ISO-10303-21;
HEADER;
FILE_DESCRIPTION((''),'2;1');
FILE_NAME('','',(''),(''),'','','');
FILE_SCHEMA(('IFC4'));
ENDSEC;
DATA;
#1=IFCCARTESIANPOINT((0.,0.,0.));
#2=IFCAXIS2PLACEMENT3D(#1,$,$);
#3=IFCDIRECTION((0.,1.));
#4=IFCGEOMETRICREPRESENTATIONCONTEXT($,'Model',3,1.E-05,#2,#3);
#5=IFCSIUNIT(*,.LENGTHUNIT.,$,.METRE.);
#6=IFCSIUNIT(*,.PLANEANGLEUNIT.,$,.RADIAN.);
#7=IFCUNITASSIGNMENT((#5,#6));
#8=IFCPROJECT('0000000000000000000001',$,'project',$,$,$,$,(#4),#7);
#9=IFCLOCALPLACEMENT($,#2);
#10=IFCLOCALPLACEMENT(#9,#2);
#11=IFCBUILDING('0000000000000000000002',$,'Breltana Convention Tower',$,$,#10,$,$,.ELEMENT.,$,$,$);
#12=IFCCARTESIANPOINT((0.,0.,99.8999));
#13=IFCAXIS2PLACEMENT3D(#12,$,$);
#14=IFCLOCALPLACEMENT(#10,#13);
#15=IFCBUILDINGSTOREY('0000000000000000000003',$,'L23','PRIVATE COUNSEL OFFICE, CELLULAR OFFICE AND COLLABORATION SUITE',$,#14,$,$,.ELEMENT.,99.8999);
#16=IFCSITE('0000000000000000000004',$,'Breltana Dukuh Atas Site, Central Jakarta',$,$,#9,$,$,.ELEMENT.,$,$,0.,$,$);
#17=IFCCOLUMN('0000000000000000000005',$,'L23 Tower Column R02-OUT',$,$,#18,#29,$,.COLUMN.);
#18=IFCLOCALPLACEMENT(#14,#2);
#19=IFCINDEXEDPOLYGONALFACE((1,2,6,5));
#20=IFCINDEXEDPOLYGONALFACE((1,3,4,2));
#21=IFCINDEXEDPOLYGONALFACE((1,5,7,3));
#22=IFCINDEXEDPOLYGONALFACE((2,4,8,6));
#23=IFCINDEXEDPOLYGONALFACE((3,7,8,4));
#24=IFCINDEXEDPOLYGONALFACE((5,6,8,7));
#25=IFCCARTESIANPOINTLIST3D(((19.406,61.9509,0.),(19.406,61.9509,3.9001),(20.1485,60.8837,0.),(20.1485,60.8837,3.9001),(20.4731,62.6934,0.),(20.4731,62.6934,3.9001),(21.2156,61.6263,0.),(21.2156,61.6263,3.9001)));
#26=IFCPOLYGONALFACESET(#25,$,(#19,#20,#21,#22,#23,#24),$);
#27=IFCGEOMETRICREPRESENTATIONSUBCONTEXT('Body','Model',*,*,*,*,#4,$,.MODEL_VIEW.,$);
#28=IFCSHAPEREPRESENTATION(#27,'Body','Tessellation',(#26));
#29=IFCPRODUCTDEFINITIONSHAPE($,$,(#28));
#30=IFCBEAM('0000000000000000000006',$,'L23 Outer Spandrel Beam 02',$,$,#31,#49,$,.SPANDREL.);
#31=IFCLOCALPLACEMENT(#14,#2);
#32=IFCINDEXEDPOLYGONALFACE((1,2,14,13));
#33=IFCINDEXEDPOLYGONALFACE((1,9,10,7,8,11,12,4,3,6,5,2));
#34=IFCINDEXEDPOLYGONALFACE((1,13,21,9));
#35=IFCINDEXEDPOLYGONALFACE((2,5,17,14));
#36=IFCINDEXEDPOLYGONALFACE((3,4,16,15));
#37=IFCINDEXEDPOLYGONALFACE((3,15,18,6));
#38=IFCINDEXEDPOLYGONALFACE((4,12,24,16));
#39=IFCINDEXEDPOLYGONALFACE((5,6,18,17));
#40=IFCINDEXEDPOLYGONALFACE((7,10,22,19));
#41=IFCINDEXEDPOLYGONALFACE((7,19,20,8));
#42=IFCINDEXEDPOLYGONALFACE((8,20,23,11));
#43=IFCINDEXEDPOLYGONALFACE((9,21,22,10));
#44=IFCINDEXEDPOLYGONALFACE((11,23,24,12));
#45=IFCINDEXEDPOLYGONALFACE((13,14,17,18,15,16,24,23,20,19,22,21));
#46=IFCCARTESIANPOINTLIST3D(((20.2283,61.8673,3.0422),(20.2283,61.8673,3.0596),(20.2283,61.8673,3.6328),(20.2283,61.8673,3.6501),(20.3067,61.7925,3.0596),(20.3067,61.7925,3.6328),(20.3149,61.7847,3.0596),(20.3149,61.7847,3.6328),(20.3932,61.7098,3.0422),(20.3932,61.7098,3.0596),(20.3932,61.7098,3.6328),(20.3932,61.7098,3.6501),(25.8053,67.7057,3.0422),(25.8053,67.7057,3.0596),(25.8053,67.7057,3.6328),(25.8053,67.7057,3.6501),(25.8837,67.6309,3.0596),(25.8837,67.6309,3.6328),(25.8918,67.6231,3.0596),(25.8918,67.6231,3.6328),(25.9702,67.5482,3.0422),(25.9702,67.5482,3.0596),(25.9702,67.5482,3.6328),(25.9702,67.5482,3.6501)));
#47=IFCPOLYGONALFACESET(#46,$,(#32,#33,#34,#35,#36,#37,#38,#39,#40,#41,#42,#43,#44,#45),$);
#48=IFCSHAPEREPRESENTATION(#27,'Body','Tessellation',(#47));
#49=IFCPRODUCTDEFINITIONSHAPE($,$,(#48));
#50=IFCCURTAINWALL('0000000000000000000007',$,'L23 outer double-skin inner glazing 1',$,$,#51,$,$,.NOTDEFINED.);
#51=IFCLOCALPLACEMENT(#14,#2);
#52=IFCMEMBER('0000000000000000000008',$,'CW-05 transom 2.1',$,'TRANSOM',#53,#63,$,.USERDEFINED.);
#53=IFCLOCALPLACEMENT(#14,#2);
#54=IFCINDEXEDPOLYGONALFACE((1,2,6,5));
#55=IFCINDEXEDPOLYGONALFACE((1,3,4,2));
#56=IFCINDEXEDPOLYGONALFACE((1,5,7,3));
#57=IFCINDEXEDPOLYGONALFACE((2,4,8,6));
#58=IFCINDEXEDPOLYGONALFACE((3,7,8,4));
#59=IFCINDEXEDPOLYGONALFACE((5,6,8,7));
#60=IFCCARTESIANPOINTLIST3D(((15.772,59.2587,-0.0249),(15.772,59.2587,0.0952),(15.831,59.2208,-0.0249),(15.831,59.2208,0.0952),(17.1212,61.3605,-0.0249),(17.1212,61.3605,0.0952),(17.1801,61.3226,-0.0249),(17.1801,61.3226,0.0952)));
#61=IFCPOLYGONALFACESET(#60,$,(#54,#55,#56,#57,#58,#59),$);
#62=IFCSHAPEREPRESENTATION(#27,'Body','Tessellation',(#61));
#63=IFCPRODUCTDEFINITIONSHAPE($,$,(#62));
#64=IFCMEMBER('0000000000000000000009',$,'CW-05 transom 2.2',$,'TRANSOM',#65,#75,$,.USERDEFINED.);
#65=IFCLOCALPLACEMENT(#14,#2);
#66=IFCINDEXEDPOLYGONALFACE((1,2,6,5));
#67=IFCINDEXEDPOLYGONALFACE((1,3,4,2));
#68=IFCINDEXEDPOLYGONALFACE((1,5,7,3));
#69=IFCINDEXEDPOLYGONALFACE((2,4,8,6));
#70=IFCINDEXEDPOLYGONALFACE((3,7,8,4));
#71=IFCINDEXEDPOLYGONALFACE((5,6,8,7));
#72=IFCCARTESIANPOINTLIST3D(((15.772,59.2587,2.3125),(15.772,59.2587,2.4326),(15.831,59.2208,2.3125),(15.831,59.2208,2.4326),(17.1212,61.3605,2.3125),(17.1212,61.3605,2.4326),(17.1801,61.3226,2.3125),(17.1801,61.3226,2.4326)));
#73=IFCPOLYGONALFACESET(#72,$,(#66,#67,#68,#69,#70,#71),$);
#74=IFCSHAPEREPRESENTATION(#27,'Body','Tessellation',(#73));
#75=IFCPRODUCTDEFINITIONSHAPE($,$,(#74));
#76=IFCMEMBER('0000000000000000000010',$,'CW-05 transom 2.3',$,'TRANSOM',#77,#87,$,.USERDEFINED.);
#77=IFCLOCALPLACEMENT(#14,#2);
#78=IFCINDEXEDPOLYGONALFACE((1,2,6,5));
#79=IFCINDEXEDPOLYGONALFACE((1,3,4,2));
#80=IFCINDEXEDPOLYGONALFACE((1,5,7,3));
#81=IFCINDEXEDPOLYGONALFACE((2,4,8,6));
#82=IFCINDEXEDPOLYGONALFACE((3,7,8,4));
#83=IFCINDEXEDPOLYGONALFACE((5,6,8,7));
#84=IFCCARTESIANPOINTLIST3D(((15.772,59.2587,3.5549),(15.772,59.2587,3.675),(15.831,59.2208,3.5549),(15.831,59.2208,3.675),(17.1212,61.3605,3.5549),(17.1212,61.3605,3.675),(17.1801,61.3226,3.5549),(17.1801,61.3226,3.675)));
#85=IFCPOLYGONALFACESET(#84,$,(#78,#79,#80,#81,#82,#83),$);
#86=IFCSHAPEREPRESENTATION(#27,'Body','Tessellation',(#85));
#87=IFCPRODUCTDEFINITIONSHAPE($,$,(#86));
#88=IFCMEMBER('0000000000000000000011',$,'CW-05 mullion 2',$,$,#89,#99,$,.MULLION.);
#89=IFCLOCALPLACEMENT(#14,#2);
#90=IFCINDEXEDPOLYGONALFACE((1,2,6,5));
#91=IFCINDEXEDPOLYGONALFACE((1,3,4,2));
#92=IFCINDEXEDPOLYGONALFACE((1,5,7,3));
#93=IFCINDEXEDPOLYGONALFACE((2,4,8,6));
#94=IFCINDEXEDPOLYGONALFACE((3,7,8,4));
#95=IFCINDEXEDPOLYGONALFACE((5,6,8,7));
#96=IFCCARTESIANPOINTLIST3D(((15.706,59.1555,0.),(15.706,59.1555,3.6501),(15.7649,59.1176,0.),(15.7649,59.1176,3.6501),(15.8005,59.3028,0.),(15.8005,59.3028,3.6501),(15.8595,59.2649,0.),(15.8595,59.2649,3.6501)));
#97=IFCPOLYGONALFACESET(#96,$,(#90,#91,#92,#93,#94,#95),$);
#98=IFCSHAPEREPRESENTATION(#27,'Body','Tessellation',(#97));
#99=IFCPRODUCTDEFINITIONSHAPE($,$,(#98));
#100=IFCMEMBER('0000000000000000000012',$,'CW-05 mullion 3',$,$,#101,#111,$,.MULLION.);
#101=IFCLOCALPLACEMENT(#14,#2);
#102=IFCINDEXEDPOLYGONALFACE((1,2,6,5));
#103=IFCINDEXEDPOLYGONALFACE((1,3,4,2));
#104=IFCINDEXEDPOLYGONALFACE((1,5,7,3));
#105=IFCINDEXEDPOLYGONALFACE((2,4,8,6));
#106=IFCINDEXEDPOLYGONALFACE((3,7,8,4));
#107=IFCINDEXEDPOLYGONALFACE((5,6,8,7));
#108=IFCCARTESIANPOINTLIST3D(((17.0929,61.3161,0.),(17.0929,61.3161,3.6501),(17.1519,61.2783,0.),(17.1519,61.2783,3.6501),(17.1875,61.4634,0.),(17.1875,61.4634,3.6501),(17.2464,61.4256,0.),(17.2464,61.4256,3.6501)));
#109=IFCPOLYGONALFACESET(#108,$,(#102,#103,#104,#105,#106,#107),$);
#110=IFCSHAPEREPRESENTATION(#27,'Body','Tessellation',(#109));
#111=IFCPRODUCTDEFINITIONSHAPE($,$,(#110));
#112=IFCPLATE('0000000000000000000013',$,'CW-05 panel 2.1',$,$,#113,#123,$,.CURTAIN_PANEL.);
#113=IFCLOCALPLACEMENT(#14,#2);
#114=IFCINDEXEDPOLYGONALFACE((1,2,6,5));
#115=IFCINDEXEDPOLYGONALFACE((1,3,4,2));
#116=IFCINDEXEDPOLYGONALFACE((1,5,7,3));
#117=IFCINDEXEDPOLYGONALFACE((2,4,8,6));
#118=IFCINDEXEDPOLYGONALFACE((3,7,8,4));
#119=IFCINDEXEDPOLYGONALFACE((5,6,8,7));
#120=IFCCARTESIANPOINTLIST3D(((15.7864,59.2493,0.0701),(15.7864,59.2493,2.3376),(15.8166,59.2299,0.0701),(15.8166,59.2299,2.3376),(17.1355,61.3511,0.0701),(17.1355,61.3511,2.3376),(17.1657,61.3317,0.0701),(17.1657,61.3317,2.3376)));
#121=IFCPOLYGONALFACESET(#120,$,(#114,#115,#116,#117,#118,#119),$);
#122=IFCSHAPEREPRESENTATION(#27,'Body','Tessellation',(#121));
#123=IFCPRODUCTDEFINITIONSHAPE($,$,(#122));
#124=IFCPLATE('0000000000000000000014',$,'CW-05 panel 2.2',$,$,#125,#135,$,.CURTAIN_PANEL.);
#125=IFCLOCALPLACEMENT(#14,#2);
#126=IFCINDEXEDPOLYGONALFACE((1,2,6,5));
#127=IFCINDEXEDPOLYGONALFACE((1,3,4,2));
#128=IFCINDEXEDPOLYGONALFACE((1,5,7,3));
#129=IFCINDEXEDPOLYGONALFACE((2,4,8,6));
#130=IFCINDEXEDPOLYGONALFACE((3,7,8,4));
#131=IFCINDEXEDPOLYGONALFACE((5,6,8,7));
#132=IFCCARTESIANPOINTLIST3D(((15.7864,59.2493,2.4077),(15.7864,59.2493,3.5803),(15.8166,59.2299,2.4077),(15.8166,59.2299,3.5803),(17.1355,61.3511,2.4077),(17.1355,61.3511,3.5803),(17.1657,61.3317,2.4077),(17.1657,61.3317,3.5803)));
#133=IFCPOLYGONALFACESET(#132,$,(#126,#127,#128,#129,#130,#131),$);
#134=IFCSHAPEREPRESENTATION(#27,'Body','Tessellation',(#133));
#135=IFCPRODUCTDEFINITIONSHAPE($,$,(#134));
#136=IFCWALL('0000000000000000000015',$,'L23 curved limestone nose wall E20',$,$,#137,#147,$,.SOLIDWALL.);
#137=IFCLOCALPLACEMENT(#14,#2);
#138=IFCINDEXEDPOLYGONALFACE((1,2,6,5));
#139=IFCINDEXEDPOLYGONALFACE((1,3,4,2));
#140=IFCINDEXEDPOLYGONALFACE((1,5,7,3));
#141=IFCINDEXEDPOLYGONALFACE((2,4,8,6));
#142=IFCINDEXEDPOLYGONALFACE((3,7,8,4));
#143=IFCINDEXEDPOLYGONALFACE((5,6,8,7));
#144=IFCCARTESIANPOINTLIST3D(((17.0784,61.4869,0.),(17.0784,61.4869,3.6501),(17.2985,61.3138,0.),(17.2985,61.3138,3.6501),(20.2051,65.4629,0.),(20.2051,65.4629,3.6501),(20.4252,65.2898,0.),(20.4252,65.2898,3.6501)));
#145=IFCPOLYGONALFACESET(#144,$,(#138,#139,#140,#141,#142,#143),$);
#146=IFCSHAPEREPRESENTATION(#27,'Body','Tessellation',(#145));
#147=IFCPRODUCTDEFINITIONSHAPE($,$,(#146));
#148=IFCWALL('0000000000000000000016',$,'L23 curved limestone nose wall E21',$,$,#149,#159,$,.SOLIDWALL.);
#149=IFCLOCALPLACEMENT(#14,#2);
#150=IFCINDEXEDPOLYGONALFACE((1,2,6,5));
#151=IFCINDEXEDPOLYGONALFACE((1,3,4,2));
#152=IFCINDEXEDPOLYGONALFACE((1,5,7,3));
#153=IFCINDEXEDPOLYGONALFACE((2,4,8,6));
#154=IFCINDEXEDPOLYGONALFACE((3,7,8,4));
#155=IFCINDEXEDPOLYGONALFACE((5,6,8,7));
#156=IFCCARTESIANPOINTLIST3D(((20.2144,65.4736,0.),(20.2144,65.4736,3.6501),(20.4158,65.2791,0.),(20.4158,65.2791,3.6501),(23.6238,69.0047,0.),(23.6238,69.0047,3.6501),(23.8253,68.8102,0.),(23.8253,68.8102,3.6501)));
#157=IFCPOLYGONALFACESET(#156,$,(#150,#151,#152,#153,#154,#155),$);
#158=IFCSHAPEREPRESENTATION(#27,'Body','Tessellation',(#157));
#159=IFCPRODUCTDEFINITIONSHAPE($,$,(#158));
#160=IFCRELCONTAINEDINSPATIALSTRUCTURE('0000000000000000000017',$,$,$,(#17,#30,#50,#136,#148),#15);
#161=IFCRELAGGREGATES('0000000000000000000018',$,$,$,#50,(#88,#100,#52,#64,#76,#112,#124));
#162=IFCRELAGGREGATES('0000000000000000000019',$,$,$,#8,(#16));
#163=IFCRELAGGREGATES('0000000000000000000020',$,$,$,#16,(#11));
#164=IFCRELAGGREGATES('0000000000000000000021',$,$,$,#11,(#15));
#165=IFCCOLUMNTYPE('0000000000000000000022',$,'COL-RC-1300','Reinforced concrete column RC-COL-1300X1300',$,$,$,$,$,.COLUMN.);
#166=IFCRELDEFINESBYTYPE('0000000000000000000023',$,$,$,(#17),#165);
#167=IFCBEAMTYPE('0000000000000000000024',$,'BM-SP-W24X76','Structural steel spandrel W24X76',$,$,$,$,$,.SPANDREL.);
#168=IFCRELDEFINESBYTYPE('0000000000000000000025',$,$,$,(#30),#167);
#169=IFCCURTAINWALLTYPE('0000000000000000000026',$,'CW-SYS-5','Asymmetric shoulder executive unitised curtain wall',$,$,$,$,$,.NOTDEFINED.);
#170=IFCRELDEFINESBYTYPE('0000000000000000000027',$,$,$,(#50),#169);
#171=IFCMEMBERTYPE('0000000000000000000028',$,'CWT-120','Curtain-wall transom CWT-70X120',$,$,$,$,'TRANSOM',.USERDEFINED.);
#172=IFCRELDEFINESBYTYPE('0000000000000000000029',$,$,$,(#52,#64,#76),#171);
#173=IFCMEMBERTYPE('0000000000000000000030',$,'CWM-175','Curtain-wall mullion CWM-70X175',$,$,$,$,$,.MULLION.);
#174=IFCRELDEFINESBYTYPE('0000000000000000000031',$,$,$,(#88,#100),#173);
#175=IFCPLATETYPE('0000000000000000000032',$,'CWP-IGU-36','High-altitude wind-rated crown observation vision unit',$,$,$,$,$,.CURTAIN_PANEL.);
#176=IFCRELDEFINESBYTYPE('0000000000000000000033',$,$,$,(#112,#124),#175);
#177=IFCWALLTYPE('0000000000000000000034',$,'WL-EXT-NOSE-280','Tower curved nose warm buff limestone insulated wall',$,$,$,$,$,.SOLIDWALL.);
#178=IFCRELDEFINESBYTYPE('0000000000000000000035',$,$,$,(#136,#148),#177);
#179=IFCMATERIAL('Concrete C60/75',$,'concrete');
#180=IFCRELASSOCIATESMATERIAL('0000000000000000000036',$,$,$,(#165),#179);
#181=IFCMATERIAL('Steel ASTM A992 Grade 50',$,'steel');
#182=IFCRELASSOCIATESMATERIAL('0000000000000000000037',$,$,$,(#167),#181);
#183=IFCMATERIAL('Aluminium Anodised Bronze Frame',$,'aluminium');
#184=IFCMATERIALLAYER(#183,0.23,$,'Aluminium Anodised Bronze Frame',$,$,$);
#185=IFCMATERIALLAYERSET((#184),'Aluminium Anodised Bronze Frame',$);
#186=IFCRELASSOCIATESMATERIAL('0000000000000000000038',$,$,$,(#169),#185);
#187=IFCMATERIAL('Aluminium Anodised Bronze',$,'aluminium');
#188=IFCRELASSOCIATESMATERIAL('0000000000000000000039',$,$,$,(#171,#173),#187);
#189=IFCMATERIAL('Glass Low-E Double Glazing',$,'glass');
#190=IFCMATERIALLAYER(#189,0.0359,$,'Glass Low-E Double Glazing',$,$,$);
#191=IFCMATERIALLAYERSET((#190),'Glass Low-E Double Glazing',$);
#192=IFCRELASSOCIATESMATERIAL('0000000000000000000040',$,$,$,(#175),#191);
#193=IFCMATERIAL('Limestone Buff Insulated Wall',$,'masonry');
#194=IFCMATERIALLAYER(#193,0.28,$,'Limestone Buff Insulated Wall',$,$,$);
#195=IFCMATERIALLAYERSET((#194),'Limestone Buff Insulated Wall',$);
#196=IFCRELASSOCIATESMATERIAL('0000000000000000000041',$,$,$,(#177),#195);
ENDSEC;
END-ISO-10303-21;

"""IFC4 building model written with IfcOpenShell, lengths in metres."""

from ifc_helpers import new_model, si_unit, direction, frame, frame_2d, origin, origin_2d, place, context, subcontext, project, spatial, rectangle, i_section, extrude, source, transform, mapped, material, layer, layer_set, material_profile, profile_set, type_object, element, aggregate, save


model = new_model("IFC4")

# Units and contexts
model_context = context("Model", 3, precision=1e-05, world=origin(), true_north=direction((0.0, 1.0)))
body_context = subcontext(model_context, "Body", "Model", "MODEL_VIEW")
ifc_project = project(units=[si_unit("LENGTHUNIT", "METRE"), si_unit("PLANEANGLEUNIT", "RADIAN")], contexts=[model_context])

# Site, building, storey
site_placement = place(None, origin())
site = spatial("IfcSite", under=ifc_project, at=site_placement, Name="Breltana Dukuh Atas Site, Central Jakarta", CompositionType="ELEMENT", RefElevation=0.0)
building_placement = place(site_placement, origin())
building = spatial("IfcBuilding", under=site, at=building_placement, Name="Breltana Convention Tower", CompositionType="ELEMENT")
storey_placement = place(building_placement, frame((0.0, 0.0, 99.8999)))
storey = spatial("IfcBuildingStorey", under=building, at=storey_placement, Name="L23", Description="PRIVATE COUNSEL OFFICE, CELLULAR OFFICE AND COLLABORATION SUITE", CompositionType="ELEMENT", Elevation=99.8999)

# Column
ifc_material_1 = material(Name="Concrete C60/75", Category="concrete")
ifc_material_profile_1 = material_profile(ifc_material_1, rectangle(XDim=1.3, YDim=1.3, at=origin_2d()), Name="RC-COL-1300X1300")
ifc_profile_set_1 = profile_set([ifc_material_profile_1], Name="Concrete C60/75")
column_type = type_object("IfcColumnType", Name="COL-RC-1300", Description="Reinforced concrete column RC-COL-1300X1300", PredefinedType="COLUMN", material=ifc_profile_set_1)
shared_shape_1 = source(origin(), body_context, "Body", "SweptSolid", [
    extrude(rectangle(XDim=1.3, YDim=1.3, at=origin_2d()), origin(), (0.0, 0.0, 1.0), 3.9001),
])
column_placement = place(storey_placement, frame((20.3108, 61.7886, 0.0), z_axis=(0.0, 0.0, 1.0), x_axis=(-0.571143, 0.82085, 0.0)))
element("IfcColumn", 1, at=column_placement, inside=storey, type_object=column_type, Name="L23 Tower Column R02-OUT", PredefinedType="COLUMN", context=body_context, shape_type="MappedRepresentation", body=[
    mapped(shared_shape_1, transform((0.0, 0.0, 0.0), scale=1.0)),
])

# Beam
ifc_material_2 = material(Name="Steel ASTM A992 Grade 50", Category="steel")
ifc_material_profile_2 = material_profile(ifc_material_2, i_section(OverallWidth=0.228, OverallDepth=0.6079, WebThickness=0.0112, FlangeThickness=0.0173, at=origin_2d()), Name="W24X76")
ifc_profile_set_2 = profile_set([ifc_material_profile_2], Name="Steel ASTM A992 Grade 50")
beam_type = type_object("IfcBeamType", Name="BM-SP-W24X76", Description="Structural steel spandrel W24X76", PredefinedType="SPANDREL", material=ifc_profile_set_2)
shared_shape_2 = source(origin(), body_context, "Body", "SweptSolid", [
    extrude(i_section(OverallWidth=0.228, OverallDepth=0.6079, WebThickness=0.0112, FlangeThickness=0.0173, at=origin_2d()), origin(), (0.0, 0.0, 1.0), 8.074),
])
beam_placement = place(storey_placement, frame((20.3108, 61.7886, 3.3462), z_axis=(0.690729, 0.723114, 0.0), x_axis=(-0.723114, 0.690729, 0.0)))
element("IfcBeam", 2, at=beam_placement, inside=storey, type_object=beam_type, Name="L23 Outer Spandrel Beam 02", PredefinedType="SPANDREL", context=body_context, shape_type="MappedRepresentation", body=[
    mapped(shared_shape_2, transform((0.0, 0.0, 0.0), scale=1.0)),
])

# Curtain wall, members, plates
ifc_material_3 = material(Name="Aluminium Anodised Bronze Frame", Category="aluminium")
ifc_layer_1 = layer(ifc_material_3, 0.23, Name="Aluminium Anodised Bronze Frame")
ifc_layer_set_1 = layer_set([ifc_layer_1], Name="Aluminium Anodised Bronze Frame")
curtain_wall_type = type_object("IfcCurtainWallType", Name="CW-SYS-5", Description="Asymmetric shoulder executive unitised curtain wall", PredefinedType="NOTDEFINED", material=ifc_layer_set_1)
curtain_wall_placement = place(storey_placement, origin())
curtain_wall = element("IfcCurtainWall", 3, at=curtain_wall_placement, inside=storey, type_object=curtain_wall_type, Name="L23 outer double-skin inner glazing 1", PredefinedType="NOTDEFINED")
ifc_material_4 = material(Name="Aluminium Anodised Bronze", Category="aluminium")
ifc_material_profile_3 = material_profile(ifc_material_4, rectangle(XDim=0.0701, YDim=0.1201, at=origin_2d()), Name="CWT-70X120")
ifc_profile_set_3 = profile_set([ifc_material_profile_3], Name="Aluminium Anodised Bronze")
member_type_1 = type_object("IfcMemberType", Name="CWT-120", Description="Curtain-wall transom CWT-70X120", ElementType="TRANSOM", PredefinedType="USERDEFINED", material=ifc_profile_set_3)
shared_shape_3 = source(origin(), body_context, "Body", "SweptSolid", [
    extrude(rectangle(XDim=0.0701, YDim=0.1201, at=origin_2d()), origin(), (0.0, 0.0, 1.0), 2.4976),
])
member_1_placement = place(storey_placement, frame((15.8015, 59.2397, 0.0352), z_axis=(0.540179, 0.84155, 0.0), x_axis=(-0.84155, 0.540179, 0.0)))
member_1 = element("IfcMember", 4, at=member_1_placement, type_object=member_type_1, Name="CW-05 transom 2.1", ObjectType="TRANSOM", PredefinedType="USERDEFINED", context=body_context, shape_type="MappedRepresentation", body=[
    mapped(shared_shape_3, transform((0.0, 0.0, 0.0), scale=1.0)),
])
member_2_placement = place(storey_placement, frame((15.8015, 59.2397, 2.3726), z_axis=(0.540179, 0.84155, 0.0), x_axis=(-0.84155, 0.540179, 0.0)))
member_2 = element("IfcMember", 5, at=member_2_placement, type_object=member_type_1, Name="CW-05 transom 2.2", ObjectType="TRANSOM", PredefinedType="USERDEFINED", context=body_context, shape_type="MappedRepresentation", body=[
    mapped(shared_shape_3, transform((0.0, 0.0, 0.0), scale=1.0)),
])
member_3_placement = place(storey_placement, frame((15.8015, 59.2397, 3.615), z_axis=(0.540179, 0.84155, 0.0), x_axis=(-0.84155, 0.540179, 0.0)))
member_3 = element("IfcMember", 6, at=member_3_placement, type_object=member_type_1, Name="CW-05 transom 2.3", ObjectType="TRANSOM", PredefinedType="USERDEFINED", context=body_context, shape_type="MappedRepresentation", body=[
    mapped(shared_shape_3, transform((0.0, 0.0, 0.0), scale=1.0)),
])
ifc_material_profile_4 = material_profile(ifc_material_4, rectangle(XDim=0.0701, YDim=0.175, at=origin_2d()), Name="CWM-70X175")
ifc_profile_set_4 = profile_set([ifc_material_profile_4], Name="Aluminium Anodised Bronze")
member_type_2 = type_object("IfcMemberType", Name="CWM-175", Description="Curtain-wall mullion CWM-70X175", PredefinedType="MULLION", material=ifc_profile_set_4)
shared_shape_4 = source(origin(), body_context, "Body", "SweptSolid", [
    extrude(rectangle(XDim=0.0701, YDim=0.175, at=origin_2d()), origin(), (0.0, 0.0, 1.0), 3.6501),
])
member_4_placement = place(storey_placement, frame((15.7827, 59.2102, 0.0), z_axis=(0.0, 0.0, 1.0), x_axis=(-0.841552, 0.540177, 0.0)))
member_4 = element("IfcMember", 7, at=member_4_placement, type_object=member_type_2, Name="CW-05 mullion 2", PredefinedType="MULLION", context=body_context, shape_type="MappedRepresentation", body=[
    mapped(shared_shape_4, transform((0.0, 0.0, 0.0), scale=1.0)),
])
member_5_placement = place(storey_placement, frame((17.1697, 61.3708, 0.0), z_axis=(0.0, 0.0, 1.0), x_axis=(-0.841552, 0.540177, 0.0)))
member_5 = element("IfcMember", 8, at=member_5_placement, type_object=member_type_2, Name="CW-05 mullion 3", PredefinedType="MULLION", context=body_context, shape_type="MappedRepresentation", body=[
    mapped(shared_shape_4, transform((0.0, 0.0, 0.0), scale=1.0)),
])
ifc_material_5 = material(Name="Glass Low-E Double Glazing", Category="glass")
ifc_layer_2 = layer(ifc_material_5, 0.0359, Name="Glass Low-E Double Glazing")
ifc_layer_set_2 = layer_set([ifc_layer_2], Name="Glass Low-E Double Glazing")
plate_type = type_object("IfcPlateType", Name="CWP-IGU-36", Description="High-altitude wind-rated crown observation vision unit", PredefinedType="CURTAIN_PANEL", material=ifc_layer_set_2)
shared_shape_5 = source(origin(), body_context, "Body", "SweptSolid", [
    extrude(rectangle(XDim=2.4976, YDim=0.0359, at=origin_2d()), origin(), (0.0, 0.0, 1.0), 2.2676),
])
plate_1_placement = place(storey_placement, frame((16.4761, 60.2905, 0.0701), z_axis=(0.0, 0.0, 1.0), x_axis=(0.540177, 0.841552, 0.0)))
plate_1 = element("IfcPlate", 9, at=plate_1_placement, type_object=plate_type, Name="CW-05 panel 2.1", PredefinedType="CURTAIN_PANEL", context=body_context, shape_type="MappedRepresentation", body=[
    mapped(shared_shape_5, transform((0.0, 0.0, 0.0), scale=1.0)),
])
shared_shape_6 = source(origin(), body_context, "Body", "SweptSolid", [
    extrude(rectangle(XDim=2.4976, YDim=0.0359, at=origin_2d()), origin(), (0.0, 0.0, 1.0), 1.1726),
])
plate_2_placement = place(storey_placement, frame((16.4761, 60.2905, 2.4077), z_axis=(0.0, 0.0, 1.0), x_axis=(0.540177, 0.841552, 0.0)))
plate_2 = element("IfcPlate", 10, at=plate_2_placement, type_object=plate_type, Name="CW-05 panel 2.2", PredefinedType="CURTAIN_PANEL", context=body_context, shape_type="MappedRepresentation", body=[
    mapped(shared_shape_6, transform((0.0, 0.0, 0.0), scale=1.0)),
])
aggregate(curtain_wall, [member_4, member_5, member_1, member_2, member_3, plate_1, plate_2])

# Walls
ifc_material_6 = material(Name="Limestone Buff Insulated Wall", Category="masonry")
ifc_layer_3 = layer(ifc_material_6, 0.28, Name="Limestone Buff Insulated Wall")
ifc_layer_set_3 = layer_set([ifc_layer_3], Name="Limestone Buff Insulated Wall")
wall_type_1 = type_object("IfcWallType", Name="WL-EXT-NOSE-280", Description="Tower curved nose warm buff limestone insulated wall", PredefinedType="SOLIDWALL", material=ifc_layer_set_3)
shared_shape_7 = source(origin(), body_context, "Body", "SweptSolid", [
    extrude(rectangle(XDim=5.0581, YDim=0.28, at=frame_2d((2.5291, 0.0))), origin(), (0.0, 0.0, 1.0), 3.6501),
])
wall_1_placement = place(storey_placement, frame((17.1885, 61.4004, 0.0), z_axis=(0.0, 0.0, 1.0), x_axis=(0.618146, 0.786064, 0.0)))
element("IfcWall", 11, at=wall_1_placement, inside=storey, type_object=wall_type_1, Name="L23 curved limestone nose wall E20", PredefinedType="SOLIDWALL", context=body_context, shape_type="MappedRepresentation", body=[
    mapped(shared_shape_7, transform((0.0, 0.0, 0.0), scale=1.0)),
])
shared_shape_8 = source(origin(), body_context, "Body", "SweptSolid", [
    extrude(rectangle(XDim=4.9084, YDim=0.28, at=frame_2d((2.4541, 0.0))), origin(), (0.0, 0.0, 1.0), 3.6501),
])
wall_2_placement = place(storey_placement, frame((20.3152, 65.3765, 0.0), z_axis=(0.0, 0.0, 1.0), x_axis=(0.694613, 0.719383, 0.0)))
element("IfcWall", 12, at=wall_2_placement, inside=storey, type_object=wall_type_1, Name="L23 curved limestone nose wall E21", PredefinedType="SOLIDWALL", context=body_context, shape_type="MappedRepresentation", body=[
    mapped(shared_shape_8, transform((0.0, 0.0, 0.0), scale=1.0)),
])

save(model, "model.ifc")
